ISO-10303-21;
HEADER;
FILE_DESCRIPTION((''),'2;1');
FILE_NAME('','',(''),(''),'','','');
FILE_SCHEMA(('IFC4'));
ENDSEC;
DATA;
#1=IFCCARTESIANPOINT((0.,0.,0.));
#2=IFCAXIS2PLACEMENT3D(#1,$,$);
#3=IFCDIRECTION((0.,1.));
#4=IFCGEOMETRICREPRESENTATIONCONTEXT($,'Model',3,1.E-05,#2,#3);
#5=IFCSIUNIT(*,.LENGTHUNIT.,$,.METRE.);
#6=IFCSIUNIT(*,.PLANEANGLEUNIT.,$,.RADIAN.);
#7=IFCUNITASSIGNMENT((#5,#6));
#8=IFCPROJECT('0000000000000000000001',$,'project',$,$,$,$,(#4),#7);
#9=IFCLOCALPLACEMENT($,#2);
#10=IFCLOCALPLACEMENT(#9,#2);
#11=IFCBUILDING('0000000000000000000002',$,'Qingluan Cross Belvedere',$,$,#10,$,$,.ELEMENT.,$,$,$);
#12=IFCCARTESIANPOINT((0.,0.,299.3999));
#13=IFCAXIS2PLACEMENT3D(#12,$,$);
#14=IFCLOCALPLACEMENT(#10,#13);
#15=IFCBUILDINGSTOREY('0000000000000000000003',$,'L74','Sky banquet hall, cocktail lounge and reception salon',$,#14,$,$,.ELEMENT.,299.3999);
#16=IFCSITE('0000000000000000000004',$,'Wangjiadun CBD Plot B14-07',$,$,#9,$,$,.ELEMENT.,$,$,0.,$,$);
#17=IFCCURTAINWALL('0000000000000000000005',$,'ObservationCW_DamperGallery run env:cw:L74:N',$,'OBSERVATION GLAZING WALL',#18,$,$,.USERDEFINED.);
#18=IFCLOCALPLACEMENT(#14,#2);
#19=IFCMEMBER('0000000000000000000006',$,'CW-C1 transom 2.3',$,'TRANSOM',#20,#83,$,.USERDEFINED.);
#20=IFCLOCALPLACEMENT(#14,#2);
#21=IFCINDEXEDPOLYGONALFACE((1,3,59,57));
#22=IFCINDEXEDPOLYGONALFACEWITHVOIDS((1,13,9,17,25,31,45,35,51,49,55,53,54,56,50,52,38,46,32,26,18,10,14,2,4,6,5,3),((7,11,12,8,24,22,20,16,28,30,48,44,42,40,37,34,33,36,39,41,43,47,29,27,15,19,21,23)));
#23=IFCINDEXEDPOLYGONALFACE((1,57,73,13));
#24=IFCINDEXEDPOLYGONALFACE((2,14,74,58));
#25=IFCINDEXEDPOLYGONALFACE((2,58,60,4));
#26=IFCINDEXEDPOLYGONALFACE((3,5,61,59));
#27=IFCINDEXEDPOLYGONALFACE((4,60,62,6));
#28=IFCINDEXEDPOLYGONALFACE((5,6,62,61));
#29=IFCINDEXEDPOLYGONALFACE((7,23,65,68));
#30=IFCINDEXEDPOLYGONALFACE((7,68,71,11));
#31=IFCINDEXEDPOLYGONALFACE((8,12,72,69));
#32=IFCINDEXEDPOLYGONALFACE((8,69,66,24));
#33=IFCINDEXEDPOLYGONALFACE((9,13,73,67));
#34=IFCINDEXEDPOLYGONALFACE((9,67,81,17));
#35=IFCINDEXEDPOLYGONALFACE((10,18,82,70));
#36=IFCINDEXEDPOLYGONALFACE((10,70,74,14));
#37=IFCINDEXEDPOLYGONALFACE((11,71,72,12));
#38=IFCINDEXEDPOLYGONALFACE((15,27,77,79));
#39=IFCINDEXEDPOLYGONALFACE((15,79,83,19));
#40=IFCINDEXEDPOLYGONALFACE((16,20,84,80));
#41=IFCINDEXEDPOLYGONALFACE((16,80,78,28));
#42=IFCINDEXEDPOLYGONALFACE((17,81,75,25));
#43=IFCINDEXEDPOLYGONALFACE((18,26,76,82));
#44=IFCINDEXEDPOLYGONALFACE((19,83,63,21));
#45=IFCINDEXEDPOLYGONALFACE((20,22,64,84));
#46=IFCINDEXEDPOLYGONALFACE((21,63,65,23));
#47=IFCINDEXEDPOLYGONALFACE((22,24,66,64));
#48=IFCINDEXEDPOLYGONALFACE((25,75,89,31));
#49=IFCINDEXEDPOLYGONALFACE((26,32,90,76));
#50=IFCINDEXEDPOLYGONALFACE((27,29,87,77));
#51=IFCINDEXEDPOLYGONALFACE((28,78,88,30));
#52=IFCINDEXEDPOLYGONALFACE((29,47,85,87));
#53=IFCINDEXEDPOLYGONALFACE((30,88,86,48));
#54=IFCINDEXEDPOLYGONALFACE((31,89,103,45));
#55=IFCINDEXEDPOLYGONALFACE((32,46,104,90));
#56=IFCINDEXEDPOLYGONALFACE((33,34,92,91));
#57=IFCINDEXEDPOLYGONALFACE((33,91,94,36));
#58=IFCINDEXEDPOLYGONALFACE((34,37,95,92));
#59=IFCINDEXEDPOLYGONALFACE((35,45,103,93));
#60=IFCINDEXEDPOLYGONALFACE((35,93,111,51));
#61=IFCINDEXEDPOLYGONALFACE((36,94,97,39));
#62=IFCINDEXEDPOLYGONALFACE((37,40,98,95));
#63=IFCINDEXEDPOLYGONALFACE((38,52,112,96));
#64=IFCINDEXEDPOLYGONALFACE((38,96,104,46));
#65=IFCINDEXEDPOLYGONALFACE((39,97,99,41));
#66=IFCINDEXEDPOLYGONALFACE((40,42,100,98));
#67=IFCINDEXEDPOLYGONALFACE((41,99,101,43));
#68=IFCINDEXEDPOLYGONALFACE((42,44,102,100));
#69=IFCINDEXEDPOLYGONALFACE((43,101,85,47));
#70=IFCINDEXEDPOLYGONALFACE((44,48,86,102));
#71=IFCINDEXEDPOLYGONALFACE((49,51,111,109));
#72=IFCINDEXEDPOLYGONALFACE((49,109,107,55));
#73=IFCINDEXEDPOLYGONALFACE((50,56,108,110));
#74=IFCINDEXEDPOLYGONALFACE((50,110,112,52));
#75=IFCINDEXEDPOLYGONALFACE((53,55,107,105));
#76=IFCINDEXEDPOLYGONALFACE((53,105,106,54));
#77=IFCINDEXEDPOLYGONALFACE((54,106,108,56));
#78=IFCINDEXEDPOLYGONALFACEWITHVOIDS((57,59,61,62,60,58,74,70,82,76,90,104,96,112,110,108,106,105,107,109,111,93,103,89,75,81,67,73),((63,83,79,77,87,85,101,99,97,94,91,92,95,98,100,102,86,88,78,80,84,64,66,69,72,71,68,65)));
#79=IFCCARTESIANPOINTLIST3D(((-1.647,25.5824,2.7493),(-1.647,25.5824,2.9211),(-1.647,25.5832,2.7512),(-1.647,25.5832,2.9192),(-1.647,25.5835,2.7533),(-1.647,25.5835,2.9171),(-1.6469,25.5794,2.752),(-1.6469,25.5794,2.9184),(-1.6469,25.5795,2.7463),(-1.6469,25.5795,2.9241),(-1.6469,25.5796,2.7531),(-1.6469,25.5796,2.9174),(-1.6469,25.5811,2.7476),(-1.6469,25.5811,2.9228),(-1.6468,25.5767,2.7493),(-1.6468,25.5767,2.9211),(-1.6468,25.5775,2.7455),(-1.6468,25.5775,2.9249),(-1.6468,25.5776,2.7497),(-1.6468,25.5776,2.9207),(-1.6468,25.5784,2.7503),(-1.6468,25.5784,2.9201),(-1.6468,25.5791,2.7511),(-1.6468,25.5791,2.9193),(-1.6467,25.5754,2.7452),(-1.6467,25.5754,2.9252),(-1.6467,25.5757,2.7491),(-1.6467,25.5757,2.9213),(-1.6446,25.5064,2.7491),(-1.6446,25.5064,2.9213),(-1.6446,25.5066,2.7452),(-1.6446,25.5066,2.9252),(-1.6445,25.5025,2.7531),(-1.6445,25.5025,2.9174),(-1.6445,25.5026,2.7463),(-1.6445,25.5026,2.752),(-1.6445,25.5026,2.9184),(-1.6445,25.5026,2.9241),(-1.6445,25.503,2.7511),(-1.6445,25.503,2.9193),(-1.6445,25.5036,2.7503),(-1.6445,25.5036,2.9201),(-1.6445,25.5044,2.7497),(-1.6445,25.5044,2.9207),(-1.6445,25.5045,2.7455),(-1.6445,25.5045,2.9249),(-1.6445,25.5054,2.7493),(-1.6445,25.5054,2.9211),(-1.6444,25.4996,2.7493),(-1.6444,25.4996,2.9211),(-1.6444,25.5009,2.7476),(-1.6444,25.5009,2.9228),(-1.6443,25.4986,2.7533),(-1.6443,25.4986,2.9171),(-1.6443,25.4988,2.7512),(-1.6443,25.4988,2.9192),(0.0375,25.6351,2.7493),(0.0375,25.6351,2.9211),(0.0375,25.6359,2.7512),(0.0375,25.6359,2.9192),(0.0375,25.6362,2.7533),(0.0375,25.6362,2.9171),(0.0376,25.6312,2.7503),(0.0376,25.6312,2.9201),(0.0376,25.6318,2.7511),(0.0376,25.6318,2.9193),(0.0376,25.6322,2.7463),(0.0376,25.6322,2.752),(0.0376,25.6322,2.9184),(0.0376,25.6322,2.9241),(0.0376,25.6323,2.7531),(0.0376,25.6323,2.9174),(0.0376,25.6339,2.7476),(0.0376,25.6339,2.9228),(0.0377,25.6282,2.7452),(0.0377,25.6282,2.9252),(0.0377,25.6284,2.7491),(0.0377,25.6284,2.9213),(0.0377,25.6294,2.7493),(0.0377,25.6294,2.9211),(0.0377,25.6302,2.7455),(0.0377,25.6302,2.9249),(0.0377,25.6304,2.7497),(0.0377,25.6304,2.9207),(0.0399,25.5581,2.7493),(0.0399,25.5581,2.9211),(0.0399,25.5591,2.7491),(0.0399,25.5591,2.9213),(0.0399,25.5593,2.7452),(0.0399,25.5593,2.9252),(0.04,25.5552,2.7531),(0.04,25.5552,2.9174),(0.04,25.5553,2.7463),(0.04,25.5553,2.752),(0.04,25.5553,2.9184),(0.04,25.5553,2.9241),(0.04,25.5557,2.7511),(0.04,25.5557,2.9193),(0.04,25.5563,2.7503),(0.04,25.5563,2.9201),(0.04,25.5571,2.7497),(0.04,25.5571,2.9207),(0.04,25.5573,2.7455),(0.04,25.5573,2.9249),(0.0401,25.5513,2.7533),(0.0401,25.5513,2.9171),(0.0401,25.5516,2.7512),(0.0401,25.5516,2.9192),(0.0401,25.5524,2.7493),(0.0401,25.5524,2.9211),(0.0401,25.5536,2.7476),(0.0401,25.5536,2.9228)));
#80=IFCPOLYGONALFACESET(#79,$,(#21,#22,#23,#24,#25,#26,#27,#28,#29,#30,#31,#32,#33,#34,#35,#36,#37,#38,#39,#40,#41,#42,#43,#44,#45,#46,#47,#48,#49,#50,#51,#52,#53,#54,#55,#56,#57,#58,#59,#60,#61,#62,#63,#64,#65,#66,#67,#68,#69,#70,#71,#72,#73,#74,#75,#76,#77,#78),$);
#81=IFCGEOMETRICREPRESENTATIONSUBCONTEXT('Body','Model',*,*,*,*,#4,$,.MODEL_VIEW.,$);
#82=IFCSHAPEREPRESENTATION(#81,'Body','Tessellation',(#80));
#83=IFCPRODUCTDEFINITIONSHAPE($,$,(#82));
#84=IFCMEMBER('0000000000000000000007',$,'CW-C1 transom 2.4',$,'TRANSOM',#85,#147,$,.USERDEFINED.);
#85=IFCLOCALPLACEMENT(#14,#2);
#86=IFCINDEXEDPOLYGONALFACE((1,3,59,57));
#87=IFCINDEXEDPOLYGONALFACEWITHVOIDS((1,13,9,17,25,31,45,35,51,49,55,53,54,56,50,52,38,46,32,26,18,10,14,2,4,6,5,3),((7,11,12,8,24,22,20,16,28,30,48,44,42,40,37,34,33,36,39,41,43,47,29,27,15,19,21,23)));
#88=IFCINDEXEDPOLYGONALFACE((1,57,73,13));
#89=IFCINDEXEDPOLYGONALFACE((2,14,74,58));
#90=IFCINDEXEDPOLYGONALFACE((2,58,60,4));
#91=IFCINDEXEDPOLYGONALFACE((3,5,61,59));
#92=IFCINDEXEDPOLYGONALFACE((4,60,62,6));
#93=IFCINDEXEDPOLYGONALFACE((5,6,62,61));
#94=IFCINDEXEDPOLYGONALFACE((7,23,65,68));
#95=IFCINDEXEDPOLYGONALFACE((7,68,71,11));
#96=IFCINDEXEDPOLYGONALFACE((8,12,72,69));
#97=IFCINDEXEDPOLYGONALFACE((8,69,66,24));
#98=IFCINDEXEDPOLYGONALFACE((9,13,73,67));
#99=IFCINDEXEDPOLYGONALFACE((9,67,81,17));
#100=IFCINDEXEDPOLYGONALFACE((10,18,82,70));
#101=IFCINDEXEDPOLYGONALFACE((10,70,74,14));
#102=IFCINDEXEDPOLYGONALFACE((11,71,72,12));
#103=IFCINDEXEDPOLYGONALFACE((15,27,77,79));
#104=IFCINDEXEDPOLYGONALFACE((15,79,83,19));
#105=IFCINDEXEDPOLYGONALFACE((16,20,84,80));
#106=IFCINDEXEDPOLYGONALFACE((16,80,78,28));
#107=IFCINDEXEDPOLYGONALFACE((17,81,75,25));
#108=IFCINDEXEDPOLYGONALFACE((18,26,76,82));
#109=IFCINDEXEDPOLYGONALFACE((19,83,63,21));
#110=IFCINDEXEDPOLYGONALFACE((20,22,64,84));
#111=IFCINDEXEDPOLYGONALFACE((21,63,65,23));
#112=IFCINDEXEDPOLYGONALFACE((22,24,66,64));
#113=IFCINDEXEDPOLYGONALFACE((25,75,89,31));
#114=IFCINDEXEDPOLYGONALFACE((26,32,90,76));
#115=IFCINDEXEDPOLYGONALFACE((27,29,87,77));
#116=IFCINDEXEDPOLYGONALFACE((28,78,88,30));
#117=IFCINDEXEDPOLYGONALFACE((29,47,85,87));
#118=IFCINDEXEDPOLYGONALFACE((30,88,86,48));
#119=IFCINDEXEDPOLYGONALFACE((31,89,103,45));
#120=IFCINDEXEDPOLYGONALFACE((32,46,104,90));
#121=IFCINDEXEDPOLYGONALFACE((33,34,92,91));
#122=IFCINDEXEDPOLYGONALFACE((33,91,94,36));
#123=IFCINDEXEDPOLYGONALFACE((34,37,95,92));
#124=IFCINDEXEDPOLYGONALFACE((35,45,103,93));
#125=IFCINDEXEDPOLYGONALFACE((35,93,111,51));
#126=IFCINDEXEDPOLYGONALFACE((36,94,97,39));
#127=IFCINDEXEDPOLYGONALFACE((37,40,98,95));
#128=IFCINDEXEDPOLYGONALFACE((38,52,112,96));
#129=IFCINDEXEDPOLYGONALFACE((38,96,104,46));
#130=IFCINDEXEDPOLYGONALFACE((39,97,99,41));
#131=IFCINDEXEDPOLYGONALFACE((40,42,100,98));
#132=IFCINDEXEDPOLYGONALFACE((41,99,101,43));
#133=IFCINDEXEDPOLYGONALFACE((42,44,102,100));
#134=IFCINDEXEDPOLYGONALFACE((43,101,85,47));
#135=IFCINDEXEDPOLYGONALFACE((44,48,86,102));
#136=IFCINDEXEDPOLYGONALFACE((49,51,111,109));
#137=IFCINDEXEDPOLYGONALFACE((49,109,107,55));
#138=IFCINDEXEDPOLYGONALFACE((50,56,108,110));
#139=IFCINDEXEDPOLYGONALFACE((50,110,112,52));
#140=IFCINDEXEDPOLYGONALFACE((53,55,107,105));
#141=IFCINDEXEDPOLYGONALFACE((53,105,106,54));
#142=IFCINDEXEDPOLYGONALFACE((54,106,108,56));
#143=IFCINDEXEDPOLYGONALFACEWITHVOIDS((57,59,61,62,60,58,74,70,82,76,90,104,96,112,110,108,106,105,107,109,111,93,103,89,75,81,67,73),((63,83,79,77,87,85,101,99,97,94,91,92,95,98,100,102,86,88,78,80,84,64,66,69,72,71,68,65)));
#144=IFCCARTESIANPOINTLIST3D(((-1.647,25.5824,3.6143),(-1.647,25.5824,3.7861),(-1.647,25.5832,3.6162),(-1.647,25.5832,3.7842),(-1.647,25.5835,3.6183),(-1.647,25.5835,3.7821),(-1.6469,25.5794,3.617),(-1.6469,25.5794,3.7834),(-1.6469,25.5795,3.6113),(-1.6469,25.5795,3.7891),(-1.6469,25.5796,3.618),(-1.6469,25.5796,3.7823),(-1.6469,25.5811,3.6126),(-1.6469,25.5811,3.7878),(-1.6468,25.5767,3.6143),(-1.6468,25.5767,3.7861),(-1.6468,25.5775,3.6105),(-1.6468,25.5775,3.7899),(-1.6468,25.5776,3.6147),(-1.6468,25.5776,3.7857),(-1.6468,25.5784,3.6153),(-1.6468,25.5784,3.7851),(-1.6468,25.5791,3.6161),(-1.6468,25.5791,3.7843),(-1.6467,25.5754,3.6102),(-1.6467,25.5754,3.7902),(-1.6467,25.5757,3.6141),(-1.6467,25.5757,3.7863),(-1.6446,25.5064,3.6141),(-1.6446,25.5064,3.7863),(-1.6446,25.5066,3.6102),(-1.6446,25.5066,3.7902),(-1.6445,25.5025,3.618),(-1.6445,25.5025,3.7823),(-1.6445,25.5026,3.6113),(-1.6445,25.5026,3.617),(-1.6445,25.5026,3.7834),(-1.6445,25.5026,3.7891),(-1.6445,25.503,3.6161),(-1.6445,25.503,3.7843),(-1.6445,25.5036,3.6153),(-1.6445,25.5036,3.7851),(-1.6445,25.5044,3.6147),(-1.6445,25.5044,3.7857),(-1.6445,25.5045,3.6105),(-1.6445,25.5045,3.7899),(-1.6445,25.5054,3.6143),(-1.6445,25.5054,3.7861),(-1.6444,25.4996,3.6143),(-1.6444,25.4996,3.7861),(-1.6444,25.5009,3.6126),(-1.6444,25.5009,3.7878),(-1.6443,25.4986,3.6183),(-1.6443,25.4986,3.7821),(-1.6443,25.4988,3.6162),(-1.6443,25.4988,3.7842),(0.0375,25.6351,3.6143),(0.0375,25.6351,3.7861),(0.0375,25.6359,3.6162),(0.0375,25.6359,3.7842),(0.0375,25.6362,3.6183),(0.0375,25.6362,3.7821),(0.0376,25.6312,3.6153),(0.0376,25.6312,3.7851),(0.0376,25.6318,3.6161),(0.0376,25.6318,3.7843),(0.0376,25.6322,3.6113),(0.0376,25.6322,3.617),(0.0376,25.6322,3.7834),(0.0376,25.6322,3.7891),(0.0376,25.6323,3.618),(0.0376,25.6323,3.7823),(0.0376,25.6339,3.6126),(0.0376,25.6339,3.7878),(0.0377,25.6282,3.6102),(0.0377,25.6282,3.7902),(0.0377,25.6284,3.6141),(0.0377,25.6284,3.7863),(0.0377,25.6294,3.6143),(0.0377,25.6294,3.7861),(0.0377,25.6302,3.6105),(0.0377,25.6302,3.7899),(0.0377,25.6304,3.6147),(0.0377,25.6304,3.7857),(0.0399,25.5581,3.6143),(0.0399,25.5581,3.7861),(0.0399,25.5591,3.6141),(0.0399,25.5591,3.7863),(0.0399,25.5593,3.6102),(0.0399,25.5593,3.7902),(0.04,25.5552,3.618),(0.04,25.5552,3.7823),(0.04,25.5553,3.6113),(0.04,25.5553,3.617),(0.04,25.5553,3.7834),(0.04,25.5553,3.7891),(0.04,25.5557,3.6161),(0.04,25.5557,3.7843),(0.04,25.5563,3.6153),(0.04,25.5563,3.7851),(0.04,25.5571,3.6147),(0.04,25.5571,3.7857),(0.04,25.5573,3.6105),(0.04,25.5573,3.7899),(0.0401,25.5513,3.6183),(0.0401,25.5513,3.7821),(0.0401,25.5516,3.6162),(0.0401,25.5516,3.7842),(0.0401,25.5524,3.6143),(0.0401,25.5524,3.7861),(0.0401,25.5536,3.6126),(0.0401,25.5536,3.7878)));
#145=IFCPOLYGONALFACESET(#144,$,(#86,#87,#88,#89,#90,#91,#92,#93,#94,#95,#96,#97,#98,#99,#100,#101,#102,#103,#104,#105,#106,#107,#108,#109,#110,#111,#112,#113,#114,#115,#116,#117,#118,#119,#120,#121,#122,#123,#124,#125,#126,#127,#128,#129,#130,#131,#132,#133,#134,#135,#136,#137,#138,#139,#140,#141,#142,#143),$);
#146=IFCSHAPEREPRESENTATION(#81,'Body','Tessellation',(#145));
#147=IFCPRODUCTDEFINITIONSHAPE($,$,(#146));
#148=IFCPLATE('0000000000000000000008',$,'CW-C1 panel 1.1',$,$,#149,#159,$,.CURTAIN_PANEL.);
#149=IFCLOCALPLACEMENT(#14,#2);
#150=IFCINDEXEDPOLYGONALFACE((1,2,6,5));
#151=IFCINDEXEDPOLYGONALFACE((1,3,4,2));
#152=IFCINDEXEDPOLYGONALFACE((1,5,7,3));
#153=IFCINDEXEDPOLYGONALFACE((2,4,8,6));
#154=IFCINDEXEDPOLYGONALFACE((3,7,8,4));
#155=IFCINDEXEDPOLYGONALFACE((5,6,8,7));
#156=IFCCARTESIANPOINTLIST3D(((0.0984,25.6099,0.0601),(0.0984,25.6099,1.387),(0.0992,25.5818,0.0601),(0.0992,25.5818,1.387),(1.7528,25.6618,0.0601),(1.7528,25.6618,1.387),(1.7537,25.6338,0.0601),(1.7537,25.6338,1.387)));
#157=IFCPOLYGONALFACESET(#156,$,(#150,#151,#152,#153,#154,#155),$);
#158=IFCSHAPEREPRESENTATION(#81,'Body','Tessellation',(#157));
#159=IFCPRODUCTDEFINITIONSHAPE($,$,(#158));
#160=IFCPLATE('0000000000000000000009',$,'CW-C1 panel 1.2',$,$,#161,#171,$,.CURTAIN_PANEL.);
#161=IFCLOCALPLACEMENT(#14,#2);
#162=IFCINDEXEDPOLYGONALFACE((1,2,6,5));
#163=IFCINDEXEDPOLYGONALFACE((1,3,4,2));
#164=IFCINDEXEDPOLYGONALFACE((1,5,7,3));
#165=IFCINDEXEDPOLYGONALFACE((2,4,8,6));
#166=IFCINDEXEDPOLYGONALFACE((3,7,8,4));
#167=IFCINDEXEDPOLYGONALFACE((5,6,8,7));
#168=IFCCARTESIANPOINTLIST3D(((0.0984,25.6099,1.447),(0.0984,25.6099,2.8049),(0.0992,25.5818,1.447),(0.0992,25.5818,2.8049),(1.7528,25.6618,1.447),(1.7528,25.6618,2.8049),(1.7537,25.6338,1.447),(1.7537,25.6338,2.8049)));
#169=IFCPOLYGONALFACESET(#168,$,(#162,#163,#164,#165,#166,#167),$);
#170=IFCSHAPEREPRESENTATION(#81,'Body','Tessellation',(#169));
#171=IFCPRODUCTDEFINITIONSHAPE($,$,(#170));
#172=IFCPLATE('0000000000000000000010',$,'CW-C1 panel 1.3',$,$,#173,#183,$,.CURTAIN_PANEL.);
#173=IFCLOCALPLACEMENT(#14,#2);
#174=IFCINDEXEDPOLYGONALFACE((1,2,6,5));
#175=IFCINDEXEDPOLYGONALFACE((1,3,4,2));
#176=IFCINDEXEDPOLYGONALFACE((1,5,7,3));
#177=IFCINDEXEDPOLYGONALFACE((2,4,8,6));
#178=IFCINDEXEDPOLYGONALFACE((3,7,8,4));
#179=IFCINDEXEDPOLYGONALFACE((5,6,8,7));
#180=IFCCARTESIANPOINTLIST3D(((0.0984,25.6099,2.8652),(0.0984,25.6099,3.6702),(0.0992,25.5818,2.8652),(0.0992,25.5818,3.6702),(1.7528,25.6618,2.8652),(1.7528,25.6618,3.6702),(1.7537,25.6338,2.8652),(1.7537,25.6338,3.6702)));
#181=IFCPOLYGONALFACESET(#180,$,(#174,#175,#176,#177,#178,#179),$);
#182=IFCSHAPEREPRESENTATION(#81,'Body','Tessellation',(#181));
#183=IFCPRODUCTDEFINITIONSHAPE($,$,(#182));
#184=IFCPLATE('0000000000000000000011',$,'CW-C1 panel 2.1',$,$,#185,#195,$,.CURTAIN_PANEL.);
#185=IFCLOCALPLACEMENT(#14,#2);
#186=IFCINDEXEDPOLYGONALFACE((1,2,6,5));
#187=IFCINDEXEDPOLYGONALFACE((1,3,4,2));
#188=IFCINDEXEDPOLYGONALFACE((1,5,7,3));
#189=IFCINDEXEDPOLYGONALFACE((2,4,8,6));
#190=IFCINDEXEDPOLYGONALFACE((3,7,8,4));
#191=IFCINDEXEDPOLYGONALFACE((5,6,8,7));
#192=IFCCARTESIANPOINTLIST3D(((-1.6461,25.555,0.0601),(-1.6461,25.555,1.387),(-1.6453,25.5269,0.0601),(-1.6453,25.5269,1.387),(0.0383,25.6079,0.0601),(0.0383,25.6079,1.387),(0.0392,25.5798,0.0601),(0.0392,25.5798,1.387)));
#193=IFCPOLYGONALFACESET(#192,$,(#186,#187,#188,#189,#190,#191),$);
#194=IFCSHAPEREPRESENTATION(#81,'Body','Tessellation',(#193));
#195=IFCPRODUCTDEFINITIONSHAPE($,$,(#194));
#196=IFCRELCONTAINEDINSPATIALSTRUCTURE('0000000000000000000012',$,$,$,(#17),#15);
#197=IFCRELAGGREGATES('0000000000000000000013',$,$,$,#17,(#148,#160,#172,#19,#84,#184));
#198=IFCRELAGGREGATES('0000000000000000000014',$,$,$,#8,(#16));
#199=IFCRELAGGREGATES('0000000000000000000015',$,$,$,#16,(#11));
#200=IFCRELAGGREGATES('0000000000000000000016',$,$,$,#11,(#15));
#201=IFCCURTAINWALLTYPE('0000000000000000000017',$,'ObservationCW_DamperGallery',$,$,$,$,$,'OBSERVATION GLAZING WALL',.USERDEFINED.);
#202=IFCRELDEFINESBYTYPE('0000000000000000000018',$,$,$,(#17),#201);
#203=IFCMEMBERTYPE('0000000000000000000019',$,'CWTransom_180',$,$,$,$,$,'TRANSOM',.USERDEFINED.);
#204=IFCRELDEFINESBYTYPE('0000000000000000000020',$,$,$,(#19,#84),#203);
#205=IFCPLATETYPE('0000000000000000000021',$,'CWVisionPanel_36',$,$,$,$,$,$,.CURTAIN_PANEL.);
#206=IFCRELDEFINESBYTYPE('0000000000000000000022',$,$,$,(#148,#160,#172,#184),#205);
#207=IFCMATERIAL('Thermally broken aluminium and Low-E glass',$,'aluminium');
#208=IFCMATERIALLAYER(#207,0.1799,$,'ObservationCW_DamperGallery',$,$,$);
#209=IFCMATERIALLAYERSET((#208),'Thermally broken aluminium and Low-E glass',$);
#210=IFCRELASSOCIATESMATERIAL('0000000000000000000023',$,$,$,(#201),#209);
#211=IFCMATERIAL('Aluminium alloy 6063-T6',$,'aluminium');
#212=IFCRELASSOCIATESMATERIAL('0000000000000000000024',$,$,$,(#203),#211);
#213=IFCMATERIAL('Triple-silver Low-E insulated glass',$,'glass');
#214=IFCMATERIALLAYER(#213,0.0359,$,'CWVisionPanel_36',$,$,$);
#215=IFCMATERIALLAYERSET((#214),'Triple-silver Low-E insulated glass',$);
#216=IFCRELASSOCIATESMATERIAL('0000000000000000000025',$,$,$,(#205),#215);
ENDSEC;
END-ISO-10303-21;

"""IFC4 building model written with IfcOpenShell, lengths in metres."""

from ifc_helpers import new_model, si_unit, direction, frame, origin, origin_2d, place, context, subcontext, project, spatial, rectangle, hollow_rectangle, extrude, material, layer, layer_set, material_profile, profile_set, type_object, element, aggregate, save


model = new_model("IFC4")

# Units and contexts
model_context = context("Model", 3, precision=1e-05, world=origin(), true_north=direction((0.0, 1.0)))
body_context = subcontext(model_context, "Body", "Model", "MODEL_VIEW")
ifc_project = project(units=[si_unit("LENGTHUNIT", "METRE"), si_unit("PLANEANGLEUNIT", "RADIAN")], contexts=[model_context])

# Site, building, storey
site_placement = place(None, origin())
site = spatial("IfcSite", under=ifc_project, at=site_placement, Name="Wangjiadun CBD Plot B14-07", CompositionType="ELEMENT", RefElevation=0.0)
building_placement = place(site_placement, origin())
building = spatial("IfcBuilding", under=site, at=building_placement, Name="Qingluan Cross Belvedere", CompositionType="ELEMENT")
storey_placement = place(building_placement, frame((0.0, 0.0, 299.3999)))
storey = spatial("IfcBuildingStorey", under=building, at=storey_placement, Name="L74", Description="Sky banquet hall, cocktail lounge and reception salon", CompositionType="ELEMENT", Elevation=299.3999)

# Curtain wall, members, plates
ifc_material_1 = material(Name="Thermally broken aluminium and Low-E glass", Category="aluminium")
ifc_layer_1 = layer(ifc_material_1, 0.1799, Name="ObservationCW_DamperGallery")
ifc_layer_set_1 = layer_set([ifc_layer_1], Name="Thermally broken aluminium and Low-E glass")
curtain_wall_type = type_object("IfcCurtainWallType", Name="ObservationCW_DamperGallery", ElementType="OBSERVATION GLAZING WALL", PredefinedType="USERDEFINED", material=ifc_layer_set_1)
curtain_wall_placement = place(storey_placement, origin())
curtain_wall = element("IfcCurtainWall", 1, at=curtain_wall_placement, inside=storey, type_object=curtain_wall_type, Name="ObservationCW_DamperGallery run env:cw:L74:N", ObjectType="OBSERVATION GLAZING WALL", PredefinedType="USERDEFINED")
ifc_material_2 = material(Name="Aluminium alloy 6063-T6", Category="aluminium")
ifc_material_profile_1 = material_profile(ifc_material_2, hollow_rectangle(XDim=0.085, YDim=0.1799, WallThickness=0.0039, InnerFilletRadius=0.0039, OuterFilletRadius=0.0081, at=origin_2d()), Name="CWT180x85x4")
ifc_profile_set_1 = profile_set([ifc_material_profile_1], Name="Aluminium alloy 6063-T6")
member_type_1 = type_object("IfcMemberType", Name="CWTransom_180", ElementType="TRANSOM", PredefinedType="USERDEFINED", material=ifc_profile_set_1)
member_1_placement = place(storey_placement, frame((0.0388, 25.5938, 2.8352), z_axis=(-0.99951, -0.031289, 0.0), x_axis=(0.031289, -0.99951, 0.0)))
member_1 = element("IfcMember", 2, at=member_1_placement, type_object=member_type_1, Name="CW-C1 transom 2.3", ObjectType="TRANSOM", PredefinedType="USERDEFINED", context=body_context, shape_type="SweptSolid", body=[
    extrude(hollow_rectangle(XDim=0.085, YDim=0.1799, WallThickness=0.0039, InnerFilletRadius=0.0039, OuterFilletRadius=0.0081, at=origin_2d()), origin(), (0.0, 0.0, 1.0), 1.6853),
])
member_2_placement = place(storey_placement, frame((0.0388, 25.5938, 3.7002), z_axis=(-0.99951, -0.031289, 0.0), x_axis=(0.031289, -0.99951, 0.0)))
member_2 = element("IfcMember", 3, at=member_2_placement, type_object=member_type_1, Name="CW-C1 transom 2.4", ObjectType="TRANSOM", PredefinedType="USERDEFINED", context=body_context, shape_type="SweptSolid", body=[
    extrude(hollow_rectangle(XDim=0.085, YDim=0.1799, WallThickness=0.0039, InnerFilletRadius=0.0039, OuterFilletRadius=0.0081, at=origin_2d()), origin(), (0.0, 0.0, 1.0), 1.6853),
])
ifc_material_3 = material(Name="Triple-silver Low-E insulated glass", Category="glass")
ifc_layer_2 = layer(ifc_material_3, 0.0359, Name="CWVisionPanel_36")
ifc_layer_set_2 = layer_set([ifc_layer_2], Name="Triple-silver Low-E insulated glass")
plate_type = type_object("IfcPlateType", Name="CWVisionPanel_36", PredefinedType="CURTAIN_PANEL", material=ifc_layer_set_2)
plate_1_placement = place(storey_placement, frame((0.926, 25.6218, 0.0601), z_axis=(0.0, 0.0, 1.0), x_axis=(-0.999507, -0.031398, 0.0)))
plate_1 = element("IfcPlate", 4, at=plate_1_placement, type_object=plate_type, Name="CW-C1 panel 1.1", PredefinedType="CURTAIN_PANEL", context=body_context, shape_type="SweptSolid", body=[
    extrude(rectangle(XDim=1.6553, YDim=0.0281, at=origin_2d()), origin(), (0.0, 0.0, 1.0), 1.3269),
])
plate_2_placement = place(storey_placement, frame((0.926, 25.6218, 1.447), z_axis=(0.0, 0.0, 1.0), x_axis=(-0.999507, -0.031398, 0.0)))
plate_2 = element("IfcPlate", 5, at=plate_2_placement, type_object=plate_type, Name="CW-C1 panel 1.2", PredefinedType="CURTAIN_PANEL", context=body_context, shape_type="SweptSolid", body=[
    extrude(rectangle(XDim=1.6553, YDim=0.0281, at=origin_2d()), origin(), (0.0, 0.0, 1.0), 1.3579),
])
plate_3_placement = place(storey_placement, frame((0.926, 25.6218, 2.8652), z_axis=(0.0, 0.0, 1.0), x_axis=(-0.999507, -0.031398, 0.0)))
plate_3 = element("IfcPlate", 6, at=plate_3_placement, type_object=plate_type, Name="CW-C1 panel 1.3", PredefinedType="CURTAIN_PANEL", context=body_context, shape_type="SweptSolid", body=[
    extrude(rectangle(XDim=1.6553, YDim=0.0281, at=origin_2d()), origin(), (0.0, 0.0, 1.0), 0.8049),
])
plate_4_placement = place(storey_placement, frame((-0.8035, 25.5674, 0.0601), z_axis=(0.0, 0.0, 1.0), x_axis=(-0.999507, -0.031398, 0.0)))
plate_4 = element("IfcPlate", 7, at=plate_4_placement, type_object=plate_type, Name="CW-C1 panel 2.1", PredefinedType="CURTAIN_PANEL", context=body_context, shape_type="SweptSolid", body=[
    extrude(rectangle(XDim=1.6853, YDim=0.0281, at=origin_2d()), origin(), (0.0, 0.0, 1.0), 1.3269),
])
aggregate(curtain_wall, [plate_1, plate_2, plate_3, member_1, member_2, plate_4])

save(model, "model.ifc")
